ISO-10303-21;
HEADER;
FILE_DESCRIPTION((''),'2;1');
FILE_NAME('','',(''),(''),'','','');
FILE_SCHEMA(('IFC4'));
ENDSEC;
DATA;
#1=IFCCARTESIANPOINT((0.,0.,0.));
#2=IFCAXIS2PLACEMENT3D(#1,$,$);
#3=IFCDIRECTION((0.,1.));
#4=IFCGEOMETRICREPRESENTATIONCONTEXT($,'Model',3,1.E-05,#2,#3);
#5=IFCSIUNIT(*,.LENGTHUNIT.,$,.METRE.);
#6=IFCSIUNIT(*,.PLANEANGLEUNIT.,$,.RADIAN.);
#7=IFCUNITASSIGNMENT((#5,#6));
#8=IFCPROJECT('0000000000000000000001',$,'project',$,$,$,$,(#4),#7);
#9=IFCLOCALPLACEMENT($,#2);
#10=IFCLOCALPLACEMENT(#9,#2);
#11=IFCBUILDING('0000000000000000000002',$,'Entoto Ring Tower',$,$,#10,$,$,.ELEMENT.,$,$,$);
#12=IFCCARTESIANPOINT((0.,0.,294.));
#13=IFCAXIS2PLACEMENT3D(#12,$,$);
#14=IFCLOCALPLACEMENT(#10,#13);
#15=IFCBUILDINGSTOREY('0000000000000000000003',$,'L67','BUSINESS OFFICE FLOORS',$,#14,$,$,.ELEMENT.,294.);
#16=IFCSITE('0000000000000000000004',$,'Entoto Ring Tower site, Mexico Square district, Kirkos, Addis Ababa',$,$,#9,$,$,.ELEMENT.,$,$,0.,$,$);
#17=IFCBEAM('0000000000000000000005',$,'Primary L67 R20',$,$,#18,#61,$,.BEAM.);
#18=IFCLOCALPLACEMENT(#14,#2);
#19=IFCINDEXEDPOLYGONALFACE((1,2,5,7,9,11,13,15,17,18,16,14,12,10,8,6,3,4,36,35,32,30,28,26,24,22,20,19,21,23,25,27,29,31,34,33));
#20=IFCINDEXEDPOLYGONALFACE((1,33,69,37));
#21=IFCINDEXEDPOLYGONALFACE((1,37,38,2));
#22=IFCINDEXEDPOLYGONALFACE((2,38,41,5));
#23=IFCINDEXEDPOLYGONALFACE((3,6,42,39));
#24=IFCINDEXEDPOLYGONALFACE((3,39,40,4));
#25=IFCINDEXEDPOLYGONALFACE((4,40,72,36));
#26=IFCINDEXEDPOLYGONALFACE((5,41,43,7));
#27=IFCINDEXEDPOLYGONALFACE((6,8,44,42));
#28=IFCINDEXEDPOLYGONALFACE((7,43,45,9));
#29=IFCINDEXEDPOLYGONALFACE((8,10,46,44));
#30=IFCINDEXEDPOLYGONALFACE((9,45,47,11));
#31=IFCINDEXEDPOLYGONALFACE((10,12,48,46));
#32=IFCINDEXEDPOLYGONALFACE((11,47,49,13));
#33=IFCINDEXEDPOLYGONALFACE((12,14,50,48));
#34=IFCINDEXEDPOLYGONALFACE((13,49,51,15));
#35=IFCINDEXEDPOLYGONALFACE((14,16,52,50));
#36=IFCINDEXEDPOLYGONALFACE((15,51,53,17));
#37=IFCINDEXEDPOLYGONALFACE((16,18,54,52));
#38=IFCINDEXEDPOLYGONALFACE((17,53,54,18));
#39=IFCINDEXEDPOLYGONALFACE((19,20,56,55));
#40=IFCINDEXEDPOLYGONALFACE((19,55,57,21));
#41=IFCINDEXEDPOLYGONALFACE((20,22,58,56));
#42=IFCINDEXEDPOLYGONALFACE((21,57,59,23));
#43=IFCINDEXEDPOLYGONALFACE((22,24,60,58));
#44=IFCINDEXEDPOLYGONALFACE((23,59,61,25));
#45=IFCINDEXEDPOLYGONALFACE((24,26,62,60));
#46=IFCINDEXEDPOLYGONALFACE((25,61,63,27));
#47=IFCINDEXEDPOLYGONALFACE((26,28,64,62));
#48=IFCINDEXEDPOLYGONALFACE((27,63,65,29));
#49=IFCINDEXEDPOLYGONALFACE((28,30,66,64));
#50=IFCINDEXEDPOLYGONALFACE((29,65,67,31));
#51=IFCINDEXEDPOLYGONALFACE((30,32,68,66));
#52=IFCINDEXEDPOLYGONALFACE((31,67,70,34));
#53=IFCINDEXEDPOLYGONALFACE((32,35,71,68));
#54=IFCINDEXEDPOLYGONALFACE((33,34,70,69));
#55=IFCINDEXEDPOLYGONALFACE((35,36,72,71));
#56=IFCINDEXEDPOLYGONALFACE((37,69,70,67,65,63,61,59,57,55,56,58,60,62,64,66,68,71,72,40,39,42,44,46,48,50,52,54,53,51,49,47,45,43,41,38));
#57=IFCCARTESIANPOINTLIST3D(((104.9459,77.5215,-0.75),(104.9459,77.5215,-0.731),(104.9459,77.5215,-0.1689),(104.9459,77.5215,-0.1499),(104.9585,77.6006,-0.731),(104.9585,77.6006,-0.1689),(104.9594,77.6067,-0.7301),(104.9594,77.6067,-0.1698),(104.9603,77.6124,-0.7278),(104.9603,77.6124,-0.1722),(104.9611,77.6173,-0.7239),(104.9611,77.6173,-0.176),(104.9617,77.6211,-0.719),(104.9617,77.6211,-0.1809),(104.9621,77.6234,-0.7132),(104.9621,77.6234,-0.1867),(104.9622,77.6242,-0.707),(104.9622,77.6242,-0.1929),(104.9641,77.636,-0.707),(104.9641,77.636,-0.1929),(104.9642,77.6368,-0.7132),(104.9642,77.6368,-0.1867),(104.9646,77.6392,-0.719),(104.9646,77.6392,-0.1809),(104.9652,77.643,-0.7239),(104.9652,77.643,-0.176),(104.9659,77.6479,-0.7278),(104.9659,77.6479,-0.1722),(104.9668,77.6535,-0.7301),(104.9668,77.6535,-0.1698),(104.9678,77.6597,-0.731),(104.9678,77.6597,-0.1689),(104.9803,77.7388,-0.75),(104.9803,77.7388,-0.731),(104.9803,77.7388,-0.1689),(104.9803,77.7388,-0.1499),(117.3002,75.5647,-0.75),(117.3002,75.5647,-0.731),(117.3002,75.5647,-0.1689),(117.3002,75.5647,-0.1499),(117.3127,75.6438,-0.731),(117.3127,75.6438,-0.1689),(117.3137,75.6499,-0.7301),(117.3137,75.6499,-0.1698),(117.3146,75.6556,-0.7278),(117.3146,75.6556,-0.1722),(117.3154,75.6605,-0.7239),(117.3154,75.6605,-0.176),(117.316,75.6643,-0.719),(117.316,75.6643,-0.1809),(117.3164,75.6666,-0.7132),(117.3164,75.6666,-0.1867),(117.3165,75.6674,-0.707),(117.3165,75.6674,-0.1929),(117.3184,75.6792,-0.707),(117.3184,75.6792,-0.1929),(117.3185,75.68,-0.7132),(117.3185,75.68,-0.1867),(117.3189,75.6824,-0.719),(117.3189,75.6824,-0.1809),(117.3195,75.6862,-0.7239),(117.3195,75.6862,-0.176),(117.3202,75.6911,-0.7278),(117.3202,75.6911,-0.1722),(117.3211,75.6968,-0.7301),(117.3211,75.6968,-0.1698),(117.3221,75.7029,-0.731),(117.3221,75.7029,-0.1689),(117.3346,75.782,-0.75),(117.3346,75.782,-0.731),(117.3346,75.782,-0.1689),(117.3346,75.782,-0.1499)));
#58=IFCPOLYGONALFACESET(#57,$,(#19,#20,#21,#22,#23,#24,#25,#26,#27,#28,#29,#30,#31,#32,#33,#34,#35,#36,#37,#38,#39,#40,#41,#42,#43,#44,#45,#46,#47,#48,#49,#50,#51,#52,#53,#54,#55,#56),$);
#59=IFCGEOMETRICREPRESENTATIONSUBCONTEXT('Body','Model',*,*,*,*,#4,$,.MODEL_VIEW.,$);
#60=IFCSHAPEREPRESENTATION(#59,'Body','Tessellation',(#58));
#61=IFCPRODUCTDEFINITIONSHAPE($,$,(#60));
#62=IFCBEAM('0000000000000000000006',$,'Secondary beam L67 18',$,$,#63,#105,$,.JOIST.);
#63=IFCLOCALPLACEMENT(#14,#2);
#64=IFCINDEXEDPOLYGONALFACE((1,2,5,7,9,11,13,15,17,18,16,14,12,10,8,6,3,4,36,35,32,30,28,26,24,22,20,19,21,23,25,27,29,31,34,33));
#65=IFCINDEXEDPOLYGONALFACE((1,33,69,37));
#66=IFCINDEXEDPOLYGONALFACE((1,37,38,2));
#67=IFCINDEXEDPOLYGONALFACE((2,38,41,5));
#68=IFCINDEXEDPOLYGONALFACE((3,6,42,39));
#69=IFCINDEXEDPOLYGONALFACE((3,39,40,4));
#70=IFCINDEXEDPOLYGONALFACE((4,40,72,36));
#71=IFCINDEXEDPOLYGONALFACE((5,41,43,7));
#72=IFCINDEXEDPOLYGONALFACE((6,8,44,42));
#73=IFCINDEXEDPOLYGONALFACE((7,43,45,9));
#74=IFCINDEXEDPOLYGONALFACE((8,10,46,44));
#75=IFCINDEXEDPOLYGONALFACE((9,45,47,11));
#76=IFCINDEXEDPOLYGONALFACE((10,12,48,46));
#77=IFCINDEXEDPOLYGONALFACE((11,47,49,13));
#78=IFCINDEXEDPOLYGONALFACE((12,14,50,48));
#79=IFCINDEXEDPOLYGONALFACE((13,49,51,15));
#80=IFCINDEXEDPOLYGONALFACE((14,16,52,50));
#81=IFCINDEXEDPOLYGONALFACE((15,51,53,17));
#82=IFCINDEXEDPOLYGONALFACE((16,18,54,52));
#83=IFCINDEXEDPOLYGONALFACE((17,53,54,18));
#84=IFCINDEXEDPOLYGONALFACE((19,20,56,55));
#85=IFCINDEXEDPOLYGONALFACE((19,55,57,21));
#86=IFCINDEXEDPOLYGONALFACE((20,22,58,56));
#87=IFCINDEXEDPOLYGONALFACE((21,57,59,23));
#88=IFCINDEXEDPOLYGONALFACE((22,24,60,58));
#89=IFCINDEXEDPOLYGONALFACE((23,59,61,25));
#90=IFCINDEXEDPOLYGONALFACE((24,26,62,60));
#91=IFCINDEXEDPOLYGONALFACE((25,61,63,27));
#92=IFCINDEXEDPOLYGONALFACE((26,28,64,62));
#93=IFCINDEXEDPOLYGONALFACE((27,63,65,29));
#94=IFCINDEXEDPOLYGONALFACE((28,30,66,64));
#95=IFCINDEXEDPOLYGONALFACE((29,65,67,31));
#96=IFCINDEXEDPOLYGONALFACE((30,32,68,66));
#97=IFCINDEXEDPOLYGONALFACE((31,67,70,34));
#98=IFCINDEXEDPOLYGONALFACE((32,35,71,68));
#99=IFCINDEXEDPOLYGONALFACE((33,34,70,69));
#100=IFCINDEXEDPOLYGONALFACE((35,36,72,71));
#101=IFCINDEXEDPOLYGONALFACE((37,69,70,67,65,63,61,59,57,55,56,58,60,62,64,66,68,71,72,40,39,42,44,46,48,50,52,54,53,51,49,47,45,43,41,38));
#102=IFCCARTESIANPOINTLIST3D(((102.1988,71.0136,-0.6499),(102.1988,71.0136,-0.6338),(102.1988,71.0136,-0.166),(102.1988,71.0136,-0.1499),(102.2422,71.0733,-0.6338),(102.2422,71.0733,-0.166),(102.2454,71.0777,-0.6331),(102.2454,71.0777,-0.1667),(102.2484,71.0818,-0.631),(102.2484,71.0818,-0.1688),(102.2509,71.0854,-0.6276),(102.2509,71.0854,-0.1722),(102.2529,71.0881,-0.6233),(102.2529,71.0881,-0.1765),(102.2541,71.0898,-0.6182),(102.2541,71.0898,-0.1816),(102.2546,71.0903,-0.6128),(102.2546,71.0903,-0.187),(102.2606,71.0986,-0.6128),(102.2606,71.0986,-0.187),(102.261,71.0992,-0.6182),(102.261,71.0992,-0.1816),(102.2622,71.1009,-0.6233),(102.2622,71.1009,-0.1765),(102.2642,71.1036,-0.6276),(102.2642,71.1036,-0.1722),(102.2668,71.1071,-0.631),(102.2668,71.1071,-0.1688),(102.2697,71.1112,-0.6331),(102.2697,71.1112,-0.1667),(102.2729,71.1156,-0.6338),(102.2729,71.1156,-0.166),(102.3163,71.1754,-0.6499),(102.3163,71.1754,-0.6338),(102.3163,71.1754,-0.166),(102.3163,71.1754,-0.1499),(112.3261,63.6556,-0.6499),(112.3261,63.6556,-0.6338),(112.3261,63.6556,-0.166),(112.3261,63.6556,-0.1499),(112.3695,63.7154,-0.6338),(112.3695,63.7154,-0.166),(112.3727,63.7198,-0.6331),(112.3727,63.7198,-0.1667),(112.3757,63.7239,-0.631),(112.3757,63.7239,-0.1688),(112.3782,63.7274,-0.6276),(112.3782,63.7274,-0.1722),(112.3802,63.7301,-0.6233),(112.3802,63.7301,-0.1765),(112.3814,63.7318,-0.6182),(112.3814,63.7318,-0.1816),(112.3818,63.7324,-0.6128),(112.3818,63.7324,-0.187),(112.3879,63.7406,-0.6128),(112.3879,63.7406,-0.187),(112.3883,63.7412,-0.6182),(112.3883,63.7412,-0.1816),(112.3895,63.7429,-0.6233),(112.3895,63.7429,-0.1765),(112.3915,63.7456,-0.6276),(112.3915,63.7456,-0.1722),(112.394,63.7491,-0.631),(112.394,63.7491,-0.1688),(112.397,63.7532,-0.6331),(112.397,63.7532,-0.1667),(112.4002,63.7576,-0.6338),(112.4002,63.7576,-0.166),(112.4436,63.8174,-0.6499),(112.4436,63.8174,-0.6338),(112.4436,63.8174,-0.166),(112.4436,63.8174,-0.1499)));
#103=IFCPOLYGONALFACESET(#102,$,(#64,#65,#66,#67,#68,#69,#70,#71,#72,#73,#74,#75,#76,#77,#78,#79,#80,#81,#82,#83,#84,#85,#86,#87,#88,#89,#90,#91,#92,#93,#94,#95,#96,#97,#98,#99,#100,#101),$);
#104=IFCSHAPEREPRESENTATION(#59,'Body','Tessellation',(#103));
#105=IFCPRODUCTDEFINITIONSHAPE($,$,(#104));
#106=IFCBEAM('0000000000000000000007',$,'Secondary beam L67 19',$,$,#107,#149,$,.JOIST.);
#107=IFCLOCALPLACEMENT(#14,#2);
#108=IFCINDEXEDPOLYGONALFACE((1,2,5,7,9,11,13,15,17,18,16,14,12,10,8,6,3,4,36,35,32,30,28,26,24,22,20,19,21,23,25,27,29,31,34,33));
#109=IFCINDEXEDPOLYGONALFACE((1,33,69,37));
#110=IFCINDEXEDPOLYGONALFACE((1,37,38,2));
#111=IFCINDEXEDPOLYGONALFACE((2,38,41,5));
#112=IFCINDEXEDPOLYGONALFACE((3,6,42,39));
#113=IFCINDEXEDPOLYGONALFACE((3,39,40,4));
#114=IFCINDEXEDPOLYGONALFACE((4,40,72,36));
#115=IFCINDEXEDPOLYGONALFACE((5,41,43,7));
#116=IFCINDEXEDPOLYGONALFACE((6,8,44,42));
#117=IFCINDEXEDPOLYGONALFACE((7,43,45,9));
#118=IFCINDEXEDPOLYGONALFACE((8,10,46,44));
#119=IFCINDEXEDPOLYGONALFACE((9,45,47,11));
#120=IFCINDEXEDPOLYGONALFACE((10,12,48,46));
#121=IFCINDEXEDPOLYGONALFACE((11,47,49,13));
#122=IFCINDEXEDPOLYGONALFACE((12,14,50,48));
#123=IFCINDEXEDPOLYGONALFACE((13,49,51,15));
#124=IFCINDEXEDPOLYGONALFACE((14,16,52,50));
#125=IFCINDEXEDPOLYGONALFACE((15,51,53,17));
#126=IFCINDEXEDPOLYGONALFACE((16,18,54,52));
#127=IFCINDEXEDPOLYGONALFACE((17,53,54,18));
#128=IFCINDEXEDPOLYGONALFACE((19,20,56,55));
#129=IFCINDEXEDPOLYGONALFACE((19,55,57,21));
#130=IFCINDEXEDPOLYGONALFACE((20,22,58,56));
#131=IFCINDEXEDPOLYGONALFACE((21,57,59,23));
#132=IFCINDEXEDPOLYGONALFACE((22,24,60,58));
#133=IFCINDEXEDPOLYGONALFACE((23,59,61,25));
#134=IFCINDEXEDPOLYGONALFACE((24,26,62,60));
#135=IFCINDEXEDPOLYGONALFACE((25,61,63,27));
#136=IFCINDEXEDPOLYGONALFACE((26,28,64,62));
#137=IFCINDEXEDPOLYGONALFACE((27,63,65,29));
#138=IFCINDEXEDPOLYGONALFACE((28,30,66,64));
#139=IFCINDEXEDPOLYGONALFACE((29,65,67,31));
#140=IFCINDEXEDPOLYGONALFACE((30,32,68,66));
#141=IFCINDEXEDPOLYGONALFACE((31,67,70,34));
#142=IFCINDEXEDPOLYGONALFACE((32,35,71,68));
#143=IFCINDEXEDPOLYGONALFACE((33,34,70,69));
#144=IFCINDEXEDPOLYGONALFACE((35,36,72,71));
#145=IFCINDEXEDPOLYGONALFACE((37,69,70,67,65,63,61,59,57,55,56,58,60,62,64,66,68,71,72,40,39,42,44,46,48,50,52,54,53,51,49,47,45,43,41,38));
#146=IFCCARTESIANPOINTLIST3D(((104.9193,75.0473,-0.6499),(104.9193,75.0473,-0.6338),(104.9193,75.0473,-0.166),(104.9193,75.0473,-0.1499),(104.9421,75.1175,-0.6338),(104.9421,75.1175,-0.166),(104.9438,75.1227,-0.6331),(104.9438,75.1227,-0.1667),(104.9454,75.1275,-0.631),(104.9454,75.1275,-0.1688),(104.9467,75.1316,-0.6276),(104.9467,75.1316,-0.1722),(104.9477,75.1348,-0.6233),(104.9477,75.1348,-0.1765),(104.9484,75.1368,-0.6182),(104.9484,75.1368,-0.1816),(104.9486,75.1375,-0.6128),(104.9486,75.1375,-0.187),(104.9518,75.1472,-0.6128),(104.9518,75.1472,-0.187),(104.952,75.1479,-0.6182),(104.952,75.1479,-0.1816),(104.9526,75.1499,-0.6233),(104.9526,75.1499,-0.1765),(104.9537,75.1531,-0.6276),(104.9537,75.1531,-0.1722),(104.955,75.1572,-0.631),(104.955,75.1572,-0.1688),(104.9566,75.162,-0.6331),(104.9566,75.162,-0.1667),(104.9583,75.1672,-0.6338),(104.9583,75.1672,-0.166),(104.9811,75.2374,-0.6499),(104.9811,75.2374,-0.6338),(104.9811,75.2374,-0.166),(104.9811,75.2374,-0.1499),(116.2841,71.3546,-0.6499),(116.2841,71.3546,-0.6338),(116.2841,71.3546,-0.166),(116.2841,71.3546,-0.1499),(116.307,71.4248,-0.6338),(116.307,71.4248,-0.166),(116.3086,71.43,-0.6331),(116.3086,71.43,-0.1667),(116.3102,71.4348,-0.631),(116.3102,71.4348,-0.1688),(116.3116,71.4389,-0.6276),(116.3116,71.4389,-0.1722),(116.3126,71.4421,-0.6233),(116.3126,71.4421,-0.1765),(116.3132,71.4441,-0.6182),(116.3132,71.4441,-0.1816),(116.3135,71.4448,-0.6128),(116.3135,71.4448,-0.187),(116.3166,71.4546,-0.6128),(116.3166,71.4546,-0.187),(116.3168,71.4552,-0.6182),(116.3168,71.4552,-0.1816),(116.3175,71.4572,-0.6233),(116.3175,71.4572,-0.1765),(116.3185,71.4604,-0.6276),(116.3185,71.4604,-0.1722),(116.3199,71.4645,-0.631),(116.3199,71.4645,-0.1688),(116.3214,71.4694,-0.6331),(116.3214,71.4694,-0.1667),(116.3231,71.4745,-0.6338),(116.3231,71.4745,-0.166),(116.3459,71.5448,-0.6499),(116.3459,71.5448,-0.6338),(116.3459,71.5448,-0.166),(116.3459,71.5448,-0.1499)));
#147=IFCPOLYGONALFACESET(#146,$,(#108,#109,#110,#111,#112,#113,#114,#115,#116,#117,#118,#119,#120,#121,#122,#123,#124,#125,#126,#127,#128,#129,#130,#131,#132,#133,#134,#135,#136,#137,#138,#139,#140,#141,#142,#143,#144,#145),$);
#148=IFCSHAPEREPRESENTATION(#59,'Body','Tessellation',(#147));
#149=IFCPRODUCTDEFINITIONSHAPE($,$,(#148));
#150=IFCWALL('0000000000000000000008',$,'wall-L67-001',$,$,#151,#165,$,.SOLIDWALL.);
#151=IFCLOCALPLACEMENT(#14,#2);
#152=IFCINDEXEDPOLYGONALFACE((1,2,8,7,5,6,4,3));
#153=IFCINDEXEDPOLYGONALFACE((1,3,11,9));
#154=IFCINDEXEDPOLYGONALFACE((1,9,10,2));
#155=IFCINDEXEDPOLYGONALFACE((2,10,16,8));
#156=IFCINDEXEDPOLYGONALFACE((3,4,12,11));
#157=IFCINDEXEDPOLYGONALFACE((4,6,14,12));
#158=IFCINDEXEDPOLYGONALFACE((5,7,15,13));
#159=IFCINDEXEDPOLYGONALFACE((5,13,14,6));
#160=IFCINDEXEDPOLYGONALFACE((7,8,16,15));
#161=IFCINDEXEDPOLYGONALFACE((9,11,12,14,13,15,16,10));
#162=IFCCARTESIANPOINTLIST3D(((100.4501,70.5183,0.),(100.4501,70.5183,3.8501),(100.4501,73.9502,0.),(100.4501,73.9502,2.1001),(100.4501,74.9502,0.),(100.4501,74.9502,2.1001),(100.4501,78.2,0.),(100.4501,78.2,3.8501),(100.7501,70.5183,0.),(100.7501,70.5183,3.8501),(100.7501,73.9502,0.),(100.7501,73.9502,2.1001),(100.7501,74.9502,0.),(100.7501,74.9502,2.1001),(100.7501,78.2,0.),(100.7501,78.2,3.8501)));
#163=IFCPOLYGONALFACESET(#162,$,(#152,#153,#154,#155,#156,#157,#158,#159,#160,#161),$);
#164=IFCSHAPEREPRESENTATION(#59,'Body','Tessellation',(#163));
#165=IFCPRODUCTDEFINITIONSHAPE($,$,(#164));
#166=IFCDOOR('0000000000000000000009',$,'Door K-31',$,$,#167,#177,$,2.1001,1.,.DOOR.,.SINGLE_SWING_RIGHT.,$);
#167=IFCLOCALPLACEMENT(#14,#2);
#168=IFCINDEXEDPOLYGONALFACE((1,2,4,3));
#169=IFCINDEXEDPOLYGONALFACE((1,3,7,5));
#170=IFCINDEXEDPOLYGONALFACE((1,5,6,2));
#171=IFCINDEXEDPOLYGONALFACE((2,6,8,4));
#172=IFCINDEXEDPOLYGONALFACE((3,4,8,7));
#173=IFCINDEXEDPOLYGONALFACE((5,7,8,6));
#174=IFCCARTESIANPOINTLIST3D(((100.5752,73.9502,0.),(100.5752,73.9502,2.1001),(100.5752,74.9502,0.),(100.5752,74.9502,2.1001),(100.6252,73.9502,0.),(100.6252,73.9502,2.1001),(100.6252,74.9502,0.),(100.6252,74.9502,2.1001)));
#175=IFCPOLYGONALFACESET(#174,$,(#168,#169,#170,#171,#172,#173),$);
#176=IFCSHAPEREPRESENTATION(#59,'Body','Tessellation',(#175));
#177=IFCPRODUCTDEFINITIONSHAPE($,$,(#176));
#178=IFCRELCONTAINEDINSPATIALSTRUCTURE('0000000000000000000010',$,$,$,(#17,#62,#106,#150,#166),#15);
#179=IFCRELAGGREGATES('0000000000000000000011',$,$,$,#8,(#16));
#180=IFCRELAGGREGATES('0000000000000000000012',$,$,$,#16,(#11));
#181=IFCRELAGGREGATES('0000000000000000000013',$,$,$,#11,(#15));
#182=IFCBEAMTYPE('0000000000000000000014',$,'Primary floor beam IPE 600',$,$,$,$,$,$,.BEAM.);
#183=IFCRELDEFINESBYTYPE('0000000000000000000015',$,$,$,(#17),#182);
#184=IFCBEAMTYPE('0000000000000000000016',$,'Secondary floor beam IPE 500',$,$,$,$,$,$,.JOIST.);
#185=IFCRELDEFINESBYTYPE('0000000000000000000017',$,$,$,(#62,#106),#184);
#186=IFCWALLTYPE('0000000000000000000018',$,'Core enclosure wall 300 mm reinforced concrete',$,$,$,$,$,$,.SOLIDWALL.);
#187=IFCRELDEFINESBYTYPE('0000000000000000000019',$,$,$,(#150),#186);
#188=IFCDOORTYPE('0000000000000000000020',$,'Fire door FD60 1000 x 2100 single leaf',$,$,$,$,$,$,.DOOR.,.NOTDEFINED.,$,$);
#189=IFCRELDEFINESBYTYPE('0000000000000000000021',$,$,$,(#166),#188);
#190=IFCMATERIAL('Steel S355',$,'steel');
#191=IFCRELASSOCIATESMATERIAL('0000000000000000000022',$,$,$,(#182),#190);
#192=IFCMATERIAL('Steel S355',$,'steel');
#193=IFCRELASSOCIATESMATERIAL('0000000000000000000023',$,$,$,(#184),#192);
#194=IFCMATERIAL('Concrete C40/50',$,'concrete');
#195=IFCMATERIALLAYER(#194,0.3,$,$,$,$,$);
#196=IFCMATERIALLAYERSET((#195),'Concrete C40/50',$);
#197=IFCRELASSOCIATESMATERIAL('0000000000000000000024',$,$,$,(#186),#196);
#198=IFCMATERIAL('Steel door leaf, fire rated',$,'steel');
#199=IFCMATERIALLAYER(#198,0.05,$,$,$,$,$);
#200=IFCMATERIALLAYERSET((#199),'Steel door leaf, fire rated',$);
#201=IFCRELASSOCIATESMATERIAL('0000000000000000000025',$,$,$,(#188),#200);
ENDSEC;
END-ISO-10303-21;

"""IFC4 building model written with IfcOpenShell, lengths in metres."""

from ifc_helpers import new_model, si_unit, direction, frame, frame_2d, origin, origin_2d, place, context, subcontext, project, spatial, rectangle, i_section, extrude, material, layer, layer_set, material_profile, profile_set, type_object, element, fill, save


model = new_model("IFC4")

# Units and contexts
model_context = context("Model", 3, precision=1e-05, world=origin(), true_north=direction((0.0, 1.0)))
body_context = subcontext(model_context, "Body", "Model", "MODEL_VIEW")
ifc_project = project(units=[si_unit("LENGTHUNIT", "METRE"), si_unit("PLANEANGLEUNIT", "RADIAN")], contexts=[model_context])

# Site, building, storey
site_placement = place(None, origin())
site = spatial("IfcSite", under=ifc_project, at=site_placement, Name="Entoto Ring Tower site, Mexico Square district, Kirkos, Addis Ababa", CompositionType="ELEMENT", RefElevation=0.0)
building_placement = place(site_placement, origin())
building = spatial("IfcBuilding", under=site, at=building_placement, Name="Entoto Ring Tower", CompositionType="ELEMENT")
storey_placement = place(building_placement, frame((0.0, 0.0, 294.0)))
storey = spatial("IfcBuildingStorey", under=building, at=storey_placement, Name="L67", Description="BUSINESS OFFICE FLOORS", CompositionType="ELEMENT", Elevation=294.0)

# Beams
ifc_material_1 = material(Name="Steel S355", Category="steel")
ifc_material_profile_1 = material_profile(ifc_material_1, i_section(OverallWidth=0.22, OverallDepth=0.6001, WebThickness=0.012, FlangeThickness=0.019, FilletRadius=0.0239, at=origin_2d()), Name="IPE 600")
ifc_profile_set_1 = profile_set([ifc_material_profile_1], Name="Steel S355")
beam_type_1 = type_object("IfcBeamType", Name="Primary floor beam IPE 600", PredefinedType="BEAM", material=ifc_profile_set_1)
beam_1_placement = place(storey_placement, frame((104.9631, 77.6301, -0.45), z_axis=(0.987688, -0.15644, 0.0), x_axis=(0.15644, 0.987688, 0.0)))
element("IfcBeam", 1, at=beam_1_placement, inside=storey, type_object=beam_type_1, Name="Primary L67 R20", PredefinedType="BEAM", context=body_context, shape_type="SweptSolid", body=[
    extrude(i_section(OverallWidth=0.22, OverallDepth=0.6001, WebThickness=0.012, FlangeThickness=0.019, FilletRadius=0.0239, at=origin_2d()), origin(), (0.0, 0.0, 1.0), 12.5083),
])
ifc_material_2 = material(Name="Steel S355", Category="steel")
ifc_material_profile_2 = material_profile(ifc_material_2, i_section(OverallWidth=0.2, OverallDepth=0.5, WebThickness=0.0103, FlangeThickness=0.0161, FilletRadius=0.021, at=origin_2d()), Name="IPE 500")
ifc_profile_set_2 = profile_set([ifc_material_profile_2], Name="Steel S355")
beam_type_2 = type_object("IfcBeamType", Name="Secondary floor beam IPE 500", PredefinedType="JOIST", material=ifc_profile_set_2)
beam_2_placement = place(storey_placement, frame((102.2576, 71.0945, -0.3999), z_axis=(0.809014, -0.587789, 0.0), x_axis=(0.587789, 0.809014, 0.0)))
element("IfcBeam", 2, at=beam_2_placement, inside=storey, type_object=beam_type_2, Name="Secondary beam L67 18", PredefinedType="JOIST", context=body_context, shape_type="SweptSolid", body=[
    extrude(i_section(OverallWidth=0.2, OverallDepth=0.5, WebThickness=0.0103, FlangeThickness=0.0161, FilletRadius=0.021, at=origin_2d()), origin(), (0.0, 0.0, 1.0), 12.5181),
])
beam_3_placement = place(storey_placement, frame((104.9502, 75.1423, -0.3999), z_axis=(0.951057, -0.309017, 0.0), x_axis=(0.309017, 0.951057, 0.0)))
element("IfcBeam", 3, at=beam_3_placement, inside=storey, type_object=beam_type_2, Name="Secondary beam L67 19", PredefinedType="JOIST", context=body_context, shape_type="SweptSolid", body=[
    extrude(i_section(OverallWidth=0.2, OverallDepth=0.5, WebThickness=0.0103, FlangeThickness=0.0161, FilletRadius=0.021, at=origin_2d()), origin(), (0.0, 0.0, 1.0), 11.9497),
])

# Wall, opening, door
ifc_material_3 = material(Name="Concrete C40/50", Category="concrete")
ifc_layer_1 = layer(ifc_material_3, 0.3)
ifc_layer_set_1 = layer_set([ifc_layer_1], Name="Concrete C40/50")
wall_type_1 = type_object("IfcWallType", Name="Core enclosure wall 300 mm reinforced concrete", PredefinedType="SOLIDWALL", material=ifc_layer_set_1)
wall_1_placement = place(storey_placement, frame((100.6001, 70.5183, 0.0), z_axis=(0.0, 0.0, 1.0), x_axis=(0.0, 1.0, 0.0)))
wall_1 = element("IfcWall", 4, at=wall_1_placement, inside=storey, type_object=wall_type_1, Name="wall-L67-001", PredefinedType="SOLIDWALL", context=body_context, shape_type="SweptSolid", body=[
    extrude(rectangle(XDim=7.6816, YDim=0.3, at=frame_2d((3.8408, 0.0))), origin(), (0.0, 0.0, 1.0), 3.8501),
])
opening_1_placement = place(wall_1_placement, frame((3.4319, 0.0, 0.0)))
opening_1 = element("IfcOpeningElement", 5, at=opening_1_placement, cuts=wall_1, PredefinedType="OPENING", context=body_context, shape_type="SweptSolid", body=[
    extrude(rectangle(XDim=1.0, YDim=2.1001, at=frame_2d((0.5, 1.05))), frame((0.0, 0.1602, 0.0), z_axis=(0.0, -1.0, 0.0), x_axis=(1.0, 0.0, 0.0)), (0.0, 0.0, 1.0), 0.3201),
])
ifc_material_4 = material(Name="Steel door leaf, fire rated", Category="steel")
ifc_layer_2 = layer(ifc_material_4, 0.05)
ifc_layer_set_2 = layer_set([ifc_layer_2], Name="Steel door leaf, fire rated")
door_type_1 = type_object("IfcDoorType", Name="Fire door FD60 1000 x 2100 single leaf", OperationType="NOTDEFINED", PredefinedType="DOOR", material=ifc_layer_set_2)
door_1_placement = place(opening_1_placement, origin())
door_1 = element("IfcDoor", 6, at=door_1_placement, inside=storey, type_object=door_type_1, Name="Door K-31", OperationType="SINGLE_SWING_RIGHT", OverallHeight=2.1001, OverallWidth=1.0, PredefinedType="DOOR", context=body_context, shape_type="SweptSolid", body=[
    extrude(rectangle(XDim=1.0, YDim=2.1001, at=frame_2d((0.5, 1.05))), frame((0.0, 0.0249, 0.0), z_axis=(0.0, -1.0, 0.0), x_axis=(1.0, 0.0, 0.0)), (0.0, 0.0, 1.0), 0.05),
])
fill(opening_1, door_1)

save(model, "model.ifc")
